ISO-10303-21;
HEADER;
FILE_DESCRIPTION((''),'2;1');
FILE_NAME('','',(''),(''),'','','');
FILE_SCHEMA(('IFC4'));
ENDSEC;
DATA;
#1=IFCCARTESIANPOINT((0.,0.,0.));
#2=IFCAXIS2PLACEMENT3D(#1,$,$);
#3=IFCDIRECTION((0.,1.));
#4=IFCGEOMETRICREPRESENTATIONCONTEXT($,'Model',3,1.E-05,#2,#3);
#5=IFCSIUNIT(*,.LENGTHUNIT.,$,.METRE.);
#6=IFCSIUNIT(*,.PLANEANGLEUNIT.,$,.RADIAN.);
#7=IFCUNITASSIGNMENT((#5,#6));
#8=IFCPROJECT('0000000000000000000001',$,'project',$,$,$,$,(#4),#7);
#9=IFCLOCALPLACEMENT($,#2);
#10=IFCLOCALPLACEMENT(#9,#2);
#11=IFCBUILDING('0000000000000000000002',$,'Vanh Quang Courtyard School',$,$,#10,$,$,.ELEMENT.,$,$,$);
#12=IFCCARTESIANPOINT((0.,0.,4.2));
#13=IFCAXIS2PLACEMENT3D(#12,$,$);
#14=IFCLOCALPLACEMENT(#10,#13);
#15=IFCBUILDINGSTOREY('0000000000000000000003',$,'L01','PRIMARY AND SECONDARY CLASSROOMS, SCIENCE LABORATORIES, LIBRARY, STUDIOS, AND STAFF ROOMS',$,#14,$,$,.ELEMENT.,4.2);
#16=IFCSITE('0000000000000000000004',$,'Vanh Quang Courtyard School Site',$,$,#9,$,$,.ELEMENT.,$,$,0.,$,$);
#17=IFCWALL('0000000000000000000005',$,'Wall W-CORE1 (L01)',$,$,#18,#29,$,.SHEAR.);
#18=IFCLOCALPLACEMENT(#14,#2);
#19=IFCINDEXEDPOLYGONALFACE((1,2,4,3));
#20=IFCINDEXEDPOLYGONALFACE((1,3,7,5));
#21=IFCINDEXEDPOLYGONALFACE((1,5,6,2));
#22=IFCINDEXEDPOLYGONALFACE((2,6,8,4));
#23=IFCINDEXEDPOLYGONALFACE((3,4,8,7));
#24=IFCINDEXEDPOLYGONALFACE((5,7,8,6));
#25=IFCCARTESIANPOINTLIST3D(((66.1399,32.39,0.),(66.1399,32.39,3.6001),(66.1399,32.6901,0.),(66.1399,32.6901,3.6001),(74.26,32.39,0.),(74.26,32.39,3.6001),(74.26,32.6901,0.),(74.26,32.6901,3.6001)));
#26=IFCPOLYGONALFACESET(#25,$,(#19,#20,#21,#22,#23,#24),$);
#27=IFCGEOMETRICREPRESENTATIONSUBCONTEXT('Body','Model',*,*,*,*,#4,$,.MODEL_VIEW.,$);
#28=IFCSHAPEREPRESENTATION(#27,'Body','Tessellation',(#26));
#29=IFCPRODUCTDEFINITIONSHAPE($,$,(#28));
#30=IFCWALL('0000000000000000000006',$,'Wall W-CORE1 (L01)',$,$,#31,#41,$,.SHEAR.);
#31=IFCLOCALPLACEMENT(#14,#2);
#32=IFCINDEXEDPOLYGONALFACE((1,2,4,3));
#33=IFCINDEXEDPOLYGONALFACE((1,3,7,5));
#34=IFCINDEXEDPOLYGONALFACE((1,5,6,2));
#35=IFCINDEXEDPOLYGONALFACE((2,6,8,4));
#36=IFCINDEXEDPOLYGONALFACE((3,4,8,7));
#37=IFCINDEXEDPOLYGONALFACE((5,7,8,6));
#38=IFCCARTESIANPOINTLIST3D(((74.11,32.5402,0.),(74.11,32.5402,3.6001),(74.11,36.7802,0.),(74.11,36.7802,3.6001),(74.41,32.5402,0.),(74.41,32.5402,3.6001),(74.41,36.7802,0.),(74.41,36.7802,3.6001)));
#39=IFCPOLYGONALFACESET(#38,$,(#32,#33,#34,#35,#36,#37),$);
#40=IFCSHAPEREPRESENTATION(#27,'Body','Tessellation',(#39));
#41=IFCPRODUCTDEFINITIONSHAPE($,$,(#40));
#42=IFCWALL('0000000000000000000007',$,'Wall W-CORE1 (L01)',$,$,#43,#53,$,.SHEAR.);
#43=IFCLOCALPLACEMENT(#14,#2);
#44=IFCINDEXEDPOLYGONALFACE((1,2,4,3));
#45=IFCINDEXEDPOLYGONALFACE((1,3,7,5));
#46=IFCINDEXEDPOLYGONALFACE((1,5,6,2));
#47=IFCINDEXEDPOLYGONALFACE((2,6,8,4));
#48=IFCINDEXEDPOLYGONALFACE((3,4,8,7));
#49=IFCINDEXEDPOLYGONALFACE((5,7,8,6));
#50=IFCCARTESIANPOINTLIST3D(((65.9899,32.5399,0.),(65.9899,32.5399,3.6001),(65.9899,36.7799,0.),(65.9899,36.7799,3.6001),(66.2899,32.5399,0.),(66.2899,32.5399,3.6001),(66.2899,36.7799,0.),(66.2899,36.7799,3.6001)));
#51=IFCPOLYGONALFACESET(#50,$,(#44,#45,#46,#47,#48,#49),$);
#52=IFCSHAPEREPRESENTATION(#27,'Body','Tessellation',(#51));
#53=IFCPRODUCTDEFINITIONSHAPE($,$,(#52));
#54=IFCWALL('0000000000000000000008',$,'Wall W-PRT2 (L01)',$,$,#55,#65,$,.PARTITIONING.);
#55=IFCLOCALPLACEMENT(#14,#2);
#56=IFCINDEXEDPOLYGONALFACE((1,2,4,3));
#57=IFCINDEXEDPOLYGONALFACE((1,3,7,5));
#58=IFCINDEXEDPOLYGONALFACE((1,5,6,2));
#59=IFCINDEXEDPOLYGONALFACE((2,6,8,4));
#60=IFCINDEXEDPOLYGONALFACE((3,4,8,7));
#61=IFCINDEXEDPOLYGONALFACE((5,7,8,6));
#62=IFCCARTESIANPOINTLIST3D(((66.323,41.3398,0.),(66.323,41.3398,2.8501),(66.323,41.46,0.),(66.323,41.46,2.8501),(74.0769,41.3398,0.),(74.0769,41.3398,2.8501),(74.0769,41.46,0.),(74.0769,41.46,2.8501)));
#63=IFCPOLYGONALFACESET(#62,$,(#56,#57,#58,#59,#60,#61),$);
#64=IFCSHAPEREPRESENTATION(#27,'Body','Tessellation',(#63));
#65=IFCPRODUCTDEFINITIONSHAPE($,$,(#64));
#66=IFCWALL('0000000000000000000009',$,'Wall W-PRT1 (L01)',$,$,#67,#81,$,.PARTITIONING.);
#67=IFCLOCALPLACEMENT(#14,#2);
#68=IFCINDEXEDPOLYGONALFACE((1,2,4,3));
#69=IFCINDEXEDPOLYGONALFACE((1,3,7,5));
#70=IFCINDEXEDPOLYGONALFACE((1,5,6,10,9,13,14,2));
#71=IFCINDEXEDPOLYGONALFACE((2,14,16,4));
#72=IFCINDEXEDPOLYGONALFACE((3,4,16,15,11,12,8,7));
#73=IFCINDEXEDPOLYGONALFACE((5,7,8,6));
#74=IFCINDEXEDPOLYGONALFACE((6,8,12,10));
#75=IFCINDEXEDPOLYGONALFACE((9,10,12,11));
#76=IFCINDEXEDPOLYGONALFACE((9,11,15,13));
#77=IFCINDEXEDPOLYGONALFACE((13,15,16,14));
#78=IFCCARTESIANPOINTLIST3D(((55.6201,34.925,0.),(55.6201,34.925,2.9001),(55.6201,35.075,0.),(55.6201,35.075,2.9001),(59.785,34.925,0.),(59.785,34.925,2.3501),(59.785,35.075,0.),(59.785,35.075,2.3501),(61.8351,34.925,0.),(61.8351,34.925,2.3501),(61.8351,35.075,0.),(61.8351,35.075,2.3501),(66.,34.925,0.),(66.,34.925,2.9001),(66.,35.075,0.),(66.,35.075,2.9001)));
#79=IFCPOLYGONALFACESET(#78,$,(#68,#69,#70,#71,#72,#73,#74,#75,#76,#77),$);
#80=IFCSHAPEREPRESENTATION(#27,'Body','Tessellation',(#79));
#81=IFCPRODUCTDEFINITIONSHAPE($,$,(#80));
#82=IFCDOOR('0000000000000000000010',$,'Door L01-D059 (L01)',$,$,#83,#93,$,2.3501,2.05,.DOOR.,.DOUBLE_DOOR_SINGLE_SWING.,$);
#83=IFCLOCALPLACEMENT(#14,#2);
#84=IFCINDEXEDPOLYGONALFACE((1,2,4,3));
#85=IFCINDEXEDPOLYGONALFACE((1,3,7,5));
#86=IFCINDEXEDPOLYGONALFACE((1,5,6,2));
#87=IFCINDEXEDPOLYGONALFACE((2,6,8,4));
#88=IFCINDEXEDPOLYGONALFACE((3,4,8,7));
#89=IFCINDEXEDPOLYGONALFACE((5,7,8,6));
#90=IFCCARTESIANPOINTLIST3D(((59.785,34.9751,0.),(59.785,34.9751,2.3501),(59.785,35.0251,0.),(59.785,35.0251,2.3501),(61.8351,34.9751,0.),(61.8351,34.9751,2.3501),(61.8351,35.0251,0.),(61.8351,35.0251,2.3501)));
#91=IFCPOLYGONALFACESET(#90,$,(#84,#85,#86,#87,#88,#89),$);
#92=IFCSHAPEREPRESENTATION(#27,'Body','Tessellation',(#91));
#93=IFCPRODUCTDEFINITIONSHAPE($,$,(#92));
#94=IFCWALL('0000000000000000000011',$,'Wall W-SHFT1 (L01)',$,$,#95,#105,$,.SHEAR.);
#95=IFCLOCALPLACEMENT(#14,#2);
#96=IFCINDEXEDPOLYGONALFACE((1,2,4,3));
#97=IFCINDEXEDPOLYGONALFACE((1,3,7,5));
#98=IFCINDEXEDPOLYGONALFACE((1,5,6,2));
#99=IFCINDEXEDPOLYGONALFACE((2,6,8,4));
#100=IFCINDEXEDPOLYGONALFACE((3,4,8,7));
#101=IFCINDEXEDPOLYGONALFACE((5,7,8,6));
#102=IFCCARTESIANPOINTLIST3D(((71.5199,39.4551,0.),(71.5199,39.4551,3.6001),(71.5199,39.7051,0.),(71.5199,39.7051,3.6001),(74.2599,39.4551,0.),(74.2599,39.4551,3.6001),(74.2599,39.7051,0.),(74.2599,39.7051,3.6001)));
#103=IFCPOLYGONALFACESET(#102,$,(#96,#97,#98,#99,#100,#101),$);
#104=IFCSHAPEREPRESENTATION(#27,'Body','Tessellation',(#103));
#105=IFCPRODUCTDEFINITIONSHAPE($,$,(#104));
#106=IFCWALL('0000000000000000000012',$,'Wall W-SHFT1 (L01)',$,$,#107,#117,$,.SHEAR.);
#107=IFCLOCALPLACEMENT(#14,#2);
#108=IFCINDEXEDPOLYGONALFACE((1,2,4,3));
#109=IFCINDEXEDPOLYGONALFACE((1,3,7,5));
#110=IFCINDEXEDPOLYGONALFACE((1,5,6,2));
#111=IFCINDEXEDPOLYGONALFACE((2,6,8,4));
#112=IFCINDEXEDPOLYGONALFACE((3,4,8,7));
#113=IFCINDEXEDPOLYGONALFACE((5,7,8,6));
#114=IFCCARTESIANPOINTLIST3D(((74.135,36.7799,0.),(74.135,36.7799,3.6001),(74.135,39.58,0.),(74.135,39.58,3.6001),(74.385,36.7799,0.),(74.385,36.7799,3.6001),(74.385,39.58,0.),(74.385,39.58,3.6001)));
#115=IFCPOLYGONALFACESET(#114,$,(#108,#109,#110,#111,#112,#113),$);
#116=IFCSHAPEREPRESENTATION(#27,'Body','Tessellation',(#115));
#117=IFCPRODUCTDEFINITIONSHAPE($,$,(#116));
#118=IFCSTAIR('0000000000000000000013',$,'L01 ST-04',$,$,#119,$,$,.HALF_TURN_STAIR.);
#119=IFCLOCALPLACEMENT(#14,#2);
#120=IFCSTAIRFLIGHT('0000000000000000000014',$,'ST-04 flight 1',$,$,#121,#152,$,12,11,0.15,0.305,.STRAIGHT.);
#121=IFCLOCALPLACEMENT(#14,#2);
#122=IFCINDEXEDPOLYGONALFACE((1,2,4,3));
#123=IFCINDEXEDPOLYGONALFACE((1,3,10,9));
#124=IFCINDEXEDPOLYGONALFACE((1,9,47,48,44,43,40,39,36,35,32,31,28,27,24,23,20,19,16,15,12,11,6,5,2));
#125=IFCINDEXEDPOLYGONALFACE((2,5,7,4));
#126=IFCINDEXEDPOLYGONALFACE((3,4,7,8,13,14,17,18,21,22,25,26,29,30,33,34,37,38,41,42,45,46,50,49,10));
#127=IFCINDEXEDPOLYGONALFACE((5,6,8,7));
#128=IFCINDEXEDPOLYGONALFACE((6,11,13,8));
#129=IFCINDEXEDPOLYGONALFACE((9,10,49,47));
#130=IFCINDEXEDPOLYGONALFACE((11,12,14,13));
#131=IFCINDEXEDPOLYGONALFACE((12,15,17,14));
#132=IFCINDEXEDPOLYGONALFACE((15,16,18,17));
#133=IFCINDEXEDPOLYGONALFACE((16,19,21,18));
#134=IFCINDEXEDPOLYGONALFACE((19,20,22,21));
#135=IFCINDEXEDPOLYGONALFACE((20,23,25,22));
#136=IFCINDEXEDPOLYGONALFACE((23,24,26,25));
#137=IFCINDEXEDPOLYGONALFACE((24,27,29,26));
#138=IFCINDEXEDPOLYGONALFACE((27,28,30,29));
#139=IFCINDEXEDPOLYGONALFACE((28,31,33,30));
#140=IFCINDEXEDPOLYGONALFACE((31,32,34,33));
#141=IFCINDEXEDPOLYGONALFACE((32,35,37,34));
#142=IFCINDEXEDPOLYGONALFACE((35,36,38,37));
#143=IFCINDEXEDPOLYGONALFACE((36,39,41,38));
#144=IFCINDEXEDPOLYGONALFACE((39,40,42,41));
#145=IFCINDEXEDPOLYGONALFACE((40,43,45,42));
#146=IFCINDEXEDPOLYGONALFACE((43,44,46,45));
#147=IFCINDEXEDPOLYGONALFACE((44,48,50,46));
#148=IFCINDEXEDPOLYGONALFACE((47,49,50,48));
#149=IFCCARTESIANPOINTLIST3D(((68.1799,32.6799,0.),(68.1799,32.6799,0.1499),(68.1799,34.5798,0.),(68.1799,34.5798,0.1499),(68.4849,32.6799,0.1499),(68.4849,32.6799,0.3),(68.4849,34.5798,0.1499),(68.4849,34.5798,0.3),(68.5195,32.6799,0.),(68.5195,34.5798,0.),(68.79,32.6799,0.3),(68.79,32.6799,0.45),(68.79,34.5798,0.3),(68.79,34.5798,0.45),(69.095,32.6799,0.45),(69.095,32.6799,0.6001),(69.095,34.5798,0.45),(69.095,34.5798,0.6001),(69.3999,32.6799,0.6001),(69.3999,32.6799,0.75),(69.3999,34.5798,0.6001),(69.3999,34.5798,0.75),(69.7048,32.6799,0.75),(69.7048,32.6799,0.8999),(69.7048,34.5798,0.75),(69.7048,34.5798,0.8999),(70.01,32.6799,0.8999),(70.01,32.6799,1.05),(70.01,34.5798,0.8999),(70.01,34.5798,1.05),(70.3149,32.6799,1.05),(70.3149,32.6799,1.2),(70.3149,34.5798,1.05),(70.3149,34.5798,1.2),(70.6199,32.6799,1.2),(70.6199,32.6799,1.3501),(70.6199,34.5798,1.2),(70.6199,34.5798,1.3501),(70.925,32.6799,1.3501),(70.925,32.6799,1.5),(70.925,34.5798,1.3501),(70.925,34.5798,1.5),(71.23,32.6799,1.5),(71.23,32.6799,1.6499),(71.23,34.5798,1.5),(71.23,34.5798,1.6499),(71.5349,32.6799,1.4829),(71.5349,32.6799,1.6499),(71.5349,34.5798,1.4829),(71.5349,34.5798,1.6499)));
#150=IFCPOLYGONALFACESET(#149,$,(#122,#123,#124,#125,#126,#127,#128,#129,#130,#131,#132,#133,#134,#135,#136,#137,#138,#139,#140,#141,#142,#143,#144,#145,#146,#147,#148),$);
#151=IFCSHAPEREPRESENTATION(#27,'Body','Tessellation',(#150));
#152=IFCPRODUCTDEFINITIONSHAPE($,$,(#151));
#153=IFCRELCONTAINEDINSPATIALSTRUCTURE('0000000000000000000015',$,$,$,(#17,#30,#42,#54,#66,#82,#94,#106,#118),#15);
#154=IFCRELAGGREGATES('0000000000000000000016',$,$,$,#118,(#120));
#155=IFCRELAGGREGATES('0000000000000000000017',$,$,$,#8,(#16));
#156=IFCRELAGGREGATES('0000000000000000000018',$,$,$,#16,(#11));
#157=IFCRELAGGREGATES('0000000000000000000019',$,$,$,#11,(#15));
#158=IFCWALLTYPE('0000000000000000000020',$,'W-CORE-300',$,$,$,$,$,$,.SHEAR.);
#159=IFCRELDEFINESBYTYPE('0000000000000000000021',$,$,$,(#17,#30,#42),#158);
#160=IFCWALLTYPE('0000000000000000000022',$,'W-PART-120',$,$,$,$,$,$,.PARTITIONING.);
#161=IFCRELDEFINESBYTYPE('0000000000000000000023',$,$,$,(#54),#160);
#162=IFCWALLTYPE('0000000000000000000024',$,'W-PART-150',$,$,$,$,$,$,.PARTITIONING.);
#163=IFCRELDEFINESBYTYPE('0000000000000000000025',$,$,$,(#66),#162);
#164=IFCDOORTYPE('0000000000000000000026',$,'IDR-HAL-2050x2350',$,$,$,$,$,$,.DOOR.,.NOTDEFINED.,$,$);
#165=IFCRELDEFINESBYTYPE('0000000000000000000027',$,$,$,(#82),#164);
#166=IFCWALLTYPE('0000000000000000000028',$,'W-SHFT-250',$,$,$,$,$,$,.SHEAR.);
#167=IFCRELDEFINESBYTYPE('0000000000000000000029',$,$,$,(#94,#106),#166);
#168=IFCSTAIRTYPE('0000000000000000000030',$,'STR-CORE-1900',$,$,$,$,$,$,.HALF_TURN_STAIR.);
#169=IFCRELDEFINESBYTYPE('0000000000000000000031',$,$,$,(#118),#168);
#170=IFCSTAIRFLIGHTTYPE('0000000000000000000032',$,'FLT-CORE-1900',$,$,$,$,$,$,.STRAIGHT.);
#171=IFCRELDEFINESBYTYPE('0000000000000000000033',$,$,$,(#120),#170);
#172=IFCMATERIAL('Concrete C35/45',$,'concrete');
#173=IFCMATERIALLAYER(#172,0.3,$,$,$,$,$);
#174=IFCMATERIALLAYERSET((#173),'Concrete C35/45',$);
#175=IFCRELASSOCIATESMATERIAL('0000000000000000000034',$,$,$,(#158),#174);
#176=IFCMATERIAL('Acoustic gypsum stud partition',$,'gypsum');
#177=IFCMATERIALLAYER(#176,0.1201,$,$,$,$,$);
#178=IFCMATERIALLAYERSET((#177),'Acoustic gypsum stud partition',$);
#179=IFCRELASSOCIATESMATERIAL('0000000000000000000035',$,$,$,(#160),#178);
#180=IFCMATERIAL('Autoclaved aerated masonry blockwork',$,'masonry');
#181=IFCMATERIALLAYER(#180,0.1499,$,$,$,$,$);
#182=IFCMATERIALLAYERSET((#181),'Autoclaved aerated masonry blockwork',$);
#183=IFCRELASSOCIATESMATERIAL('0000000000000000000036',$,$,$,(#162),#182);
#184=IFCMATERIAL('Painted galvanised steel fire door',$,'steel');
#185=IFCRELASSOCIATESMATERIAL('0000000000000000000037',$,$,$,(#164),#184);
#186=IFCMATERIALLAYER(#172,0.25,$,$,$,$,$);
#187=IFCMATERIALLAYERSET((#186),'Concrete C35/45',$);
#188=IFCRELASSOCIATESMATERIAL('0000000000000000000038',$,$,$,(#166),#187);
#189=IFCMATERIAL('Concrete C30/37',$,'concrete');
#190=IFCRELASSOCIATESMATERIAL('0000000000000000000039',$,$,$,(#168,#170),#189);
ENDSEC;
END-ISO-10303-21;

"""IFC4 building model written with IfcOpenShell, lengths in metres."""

from ifc_helpers import new_model, si_unit, direction, frame, frame_2d, origin, place, context, subcontext, project, spatial, polyline, rectangle, outline, extrude, material, layer, layer_set, type_object, element, fill, aggregate, save


model = new_model("IFC4")

# Units and contexts
model_context = context("Model", 3, precision=1e-05, world=origin(), true_north=direction((0.0, 1.0)))
body_context = subcontext(model_context, "Body", "Model", "MODEL_VIEW")
ifc_project = project(units=[si_unit("LENGTHUNIT", "METRE"), si_unit("PLANEANGLEUNIT", "RADIAN")], contexts=[model_context])

# Site, building, storey
site_placement = place(None, origin())
site = spatial("IfcSite", under=ifc_project, at=site_placement, Name="Vanh Quang Courtyard School Site", CompositionType="ELEMENT", RefElevation=0.0)
building_placement = place(site_placement, origin())
building = spatial("IfcBuilding", under=site, at=building_placement, Name="Vanh Quang Courtyard School", CompositionType="ELEMENT")
storey_placement = place(building_placement, frame((0.0, 0.0, 4.2)))
storey = spatial("IfcBuildingStorey", under=building, at=storey_placement, Name="L01", Description="PRIMARY AND SECONDARY CLASSROOMS, SCIENCE LABORATORIES, LIBRARY, STUDIOS, AND STAFF ROOMS", CompositionType="ELEMENT", Elevation=4.2)

# Shared definitions
ifc_material_1 = material(Name="Concrete C35/45", Category="concrete")

# Shared definitions
ifc_material_2 = material(Name="Concrete C30/37", Category="concrete")

# Walls
ifc_layer_1 = layer(ifc_material_1, 0.3)
ifc_layer_set_1 = layer_set([ifc_layer_1], Name="Concrete C35/45")
wall_type_1 = type_object("IfcWallType", Name="W-CORE-300", PredefinedType="SHEAR", material=ifc_layer_set_1)
wall_1_placement = place(storey_placement, frame((66.1399, 32.54, 0.0), z_axis=(0.0, 0.0, 1.0), x_axis=(1.0, 0.0, 0.0)))
element("IfcWall", 1, at=wall_1_placement, inside=storey, type_object=wall_type_1, Name="Wall W-CORE1 (L01)", PredefinedType="SHEAR", context=body_context, shape_type="SweptSolid", body=[
    extrude(rectangle(XDim=8.1201, YDim=0.3, at=frame_2d((4.0601, 0.0))), origin(), (0.0, 0.0, 1.0), 3.6001),
])
wall_2_placement = place(storey_placement, frame((74.26, 32.54, 0.0), z_axis=(0.0, 0.0, 1.0), x_axis=(0.0, 1.0, 0.0)))
element("IfcWall", 2, at=wall_2_placement, inside=storey, type_object=wall_type_1, Name="Wall W-CORE1 (L01)", PredefinedType="SHEAR", context=body_context, shape_type="SweptSolid", body=[
    extrude(rectangle(XDim=4.24, YDim=0.3, at=frame_2d((2.1201, 0.0))), origin(), (0.0, 0.0, 1.0), 3.6001),
])

# Shared definitions
ifc_material_3 = material(Name="Painted galvanised steel fire door", Category="steel")

# Walls
wall_3_placement = place(storey_placement, frame((66.1399, 36.78, 0.0), z_axis=(0.0, 0.0, 1.0), x_axis=(0.0, -1.0, 0.0)))
element("IfcWall", 3, at=wall_3_placement, inside=storey, type_object=wall_type_1, Name="Wall W-CORE1 (L01)", PredefinedType="SHEAR", context=body_context, shape_type="SweptSolid", body=[
    extrude(rectangle(XDim=4.24, YDim=0.3, at=frame_2d((2.1201, 0.0))), origin(), (0.0, 0.0, 1.0), 3.6001),
])
ifc_material_4 = material(Name="Acoustic gypsum stud partition", Category="gypsum")
ifc_layer_2 = layer(ifc_material_4, 0.1201)
ifc_layer_set_2 = layer_set([ifc_layer_2], Name="Acoustic gypsum stud partition")
wall_type_2 = type_object("IfcWallType", Name="W-PART-120", PredefinedType="PARTITIONING", material=ifc_layer_set_2)
wall_4_placement = place(storey_placement, frame((74.0769, 41.3999, 0.0), z_axis=(0.0, 0.0, 1.0), x_axis=(-1.0, 0.0, 0.0)))
element("IfcWall", 4, at=wall_4_placement, inside=storey, type_object=wall_type_2, Name="Wall W-PRT2 (L01)", PredefinedType="PARTITIONING", context=body_context, shape_type="SweptSolid", body=[
    extrude(rectangle(XDim=7.7539, YDim=0.1201, at=frame_2d((3.877, 0.0))), origin(), (0.0, 0.0, 1.0), 2.8501),
])

# Wall, opening, door
ifc_material_5 = material(Name="Autoclaved aerated masonry blockwork", Category="masonry")
ifc_layer_3 = layer(ifc_material_5, 0.1499)
ifc_layer_set_3 = layer_set([ifc_layer_3], Name="Autoclaved aerated masonry blockwork")
wall_type_3 = type_object("IfcWallType", Name="W-PART-150", PredefinedType="PARTITIONING", material=ifc_layer_set_3)
wall_5_placement = place(storey_placement, frame((66.0, 35.0, 0.0), z_axis=(0.0, 0.0, 1.0), x_axis=(-1.0, 0.0, 0.0)))
wall_5 = element("IfcWall", 5, at=wall_5_placement, inside=storey, type_object=wall_type_3, Name="Wall W-PRT1 (L01)", PredefinedType="PARTITIONING", context=body_context, shape_type="SweptSolid", body=[
    extrude(rectangle(XDim=10.3799, YDim=0.1499, at=frame_2d((5.1899, 0.0))), origin(), (0.0, 0.0, 1.0), 2.9001),
])
opening_1_placement = place(wall_5_placement, frame((4.165, 0.0, 0.0)))
opening_1 = element("IfcOpeningElement", 6, at=opening_1_placement, cuts=wall_5, PredefinedType="OPENING", context=body_context, shape_type="SweptSolid", body=[
    extrude(rectangle(XDim=2.05, YDim=2.3501, at=frame_2d((1.0249, 1.175))), frame((0.0, 0.085, 0.0), z_axis=(0.0, -1.0, 0.0), x_axis=(1.0, 0.0, 0.0)), (0.0, 0.0, 1.0), 0.1699),
])
door_type_1 = type_object("IfcDoorType", Name="IDR-HAL-2050x2350", OperationType="NOTDEFINED", PredefinedType="DOOR", material=ifc_material_3)
door_1_placement = place(opening_1_placement, origin())
door_1 = element("IfcDoor", 7, at=door_1_placement, inside=storey, type_object=door_type_1, Name="Door L01-D059 (L01)", OperationType="DOUBLE_DOOR_SINGLE_SWING", OverallHeight=2.3501, OverallWidth=2.05, PredefinedType="DOOR", context=body_context, shape_type="SweptSolid", body=[
    extrude(rectangle(XDim=2.05, YDim=2.3501, at=frame_2d((1.0249, 1.175))), frame((0.0, 0.0249, 0.0), z_axis=(0.0, -1.0, 0.0), x_axis=(1.0, 0.0, 0.0)), (0.0, 0.0, 1.0), 0.05),
])
fill(opening_1, door_1)
ifc_layer_4 = layer(ifc_material_1, 0.25)
ifc_layer_set_4 = layer_set([ifc_layer_4], Name="Concrete C35/45")
wall_type_4 = type_object("IfcWallType", Name="W-SHFT-250", PredefinedType="SHEAR", material=ifc_layer_set_4)

# Walls
wall_6_placement = place(storey_placement, frame((74.26, 39.5801, 0.0), z_axis=(0.0, 0.0, 1.0), x_axis=(-1.0, 0.0, 0.0)))
element("IfcWall", 8, at=wall_6_placement, inside=storey, type_object=wall_type_4, Name="Wall W-SHFT1 (L01)", PredefinedType="SHEAR", context=body_context, shape_type="SweptSolid", body=[
    extrude(rectangle(XDim=2.74, YDim=0.25, at=frame_2d((1.3701, 0.0))), origin(), (0.0, 0.0, 1.0), 3.6001),
])
wall_7_placement = place(storey_placement, frame((74.26, 36.78, 0.0), z_axis=(0.0, 0.0, 1.0), x_axis=(0.0, 1.0, 0.0)))
element("IfcWall", 9, at=wall_7_placement, inside=storey, type_object=wall_type_4, Name="Wall W-SHFT1 (L01)", PredefinedType="SHEAR", context=body_context, shape_type="SweptSolid", body=[
    extrude(rectangle(XDim=2.8, YDim=0.25, at=frame_2d((1.3999, 0.0))), origin(), (0.0, 0.0, 1.0), 3.6001),
])

# Stair, stair flight
stair_type = type_object("IfcStairType", Name="STR-CORE-1900", PredefinedType="HALF_TURN_STAIR", material=ifc_material_2)
stair_placement = place(storey_placement, origin())
stair = element("IfcStair", 10, at=stair_placement, inside=storey, type_object=stair_type, Name="L01 ST-04", PredefinedType="HALF_TURN_STAIR")
stair_flight_type = type_object("IfcStairFlightType", Name="FLT-CORE-1900", PredefinedType="STRAIGHT", material=ifc_material_2)
stair_flight_1_placement = place(storey_placement, frame((68.1799, 33.6299, 0.0), z_axis=(0.0, 0.0, 1.0), x_axis=(1.0, 0.0, 0.0)))
stair_flight_1 = element("IfcStairFlight", 11, at=stair_flight_1_placement, type_object=stair_flight_type, Name="ST-04 flight 1", NumberOfRisers=12, NumberOfTreads=11, PredefinedType="STRAIGHT", RiserHeight=0.15, TreadLength=0.305, context=body_context, shape_type="SweptSolid", body=[
    extrude(outline(polyline([(0.0, 0.0), (0.0, 0.1499), (0.3049, 0.1499), (0.3049, 0.3), (0.6101, 0.3), (0.6101, 0.45), (0.915, 0.45), (0.915, 0.6001), (1.22, 0.6001), (1.22, 0.75), (1.5249, 0.75), (1.5249, 0.8999), (1.8301, 0.8999), (1.8301, 1.05), (2.135, 1.05), (2.135, 1.2), (2.4399, 1.2), (2.4399, 1.3501), (2.7451, 1.3501), (2.7451, 1.5), (3.05, 1.5), (3.05, 1.6499), (3.355, 1.6499), (3.355, 1.8), (3.355, 1.4829), (0.3396, 0.0), (0.0, 0.0)])), frame((0.0, 0.95, 0.0), z_axis=(0.0, -1.0, 0.0), x_axis=(1.0, 0.0, 0.0)), (0.0, 0.0, 1.0), 1.8999),
])
aggregate(stair, [stair_flight_1])

save(model, "model.ifc")
